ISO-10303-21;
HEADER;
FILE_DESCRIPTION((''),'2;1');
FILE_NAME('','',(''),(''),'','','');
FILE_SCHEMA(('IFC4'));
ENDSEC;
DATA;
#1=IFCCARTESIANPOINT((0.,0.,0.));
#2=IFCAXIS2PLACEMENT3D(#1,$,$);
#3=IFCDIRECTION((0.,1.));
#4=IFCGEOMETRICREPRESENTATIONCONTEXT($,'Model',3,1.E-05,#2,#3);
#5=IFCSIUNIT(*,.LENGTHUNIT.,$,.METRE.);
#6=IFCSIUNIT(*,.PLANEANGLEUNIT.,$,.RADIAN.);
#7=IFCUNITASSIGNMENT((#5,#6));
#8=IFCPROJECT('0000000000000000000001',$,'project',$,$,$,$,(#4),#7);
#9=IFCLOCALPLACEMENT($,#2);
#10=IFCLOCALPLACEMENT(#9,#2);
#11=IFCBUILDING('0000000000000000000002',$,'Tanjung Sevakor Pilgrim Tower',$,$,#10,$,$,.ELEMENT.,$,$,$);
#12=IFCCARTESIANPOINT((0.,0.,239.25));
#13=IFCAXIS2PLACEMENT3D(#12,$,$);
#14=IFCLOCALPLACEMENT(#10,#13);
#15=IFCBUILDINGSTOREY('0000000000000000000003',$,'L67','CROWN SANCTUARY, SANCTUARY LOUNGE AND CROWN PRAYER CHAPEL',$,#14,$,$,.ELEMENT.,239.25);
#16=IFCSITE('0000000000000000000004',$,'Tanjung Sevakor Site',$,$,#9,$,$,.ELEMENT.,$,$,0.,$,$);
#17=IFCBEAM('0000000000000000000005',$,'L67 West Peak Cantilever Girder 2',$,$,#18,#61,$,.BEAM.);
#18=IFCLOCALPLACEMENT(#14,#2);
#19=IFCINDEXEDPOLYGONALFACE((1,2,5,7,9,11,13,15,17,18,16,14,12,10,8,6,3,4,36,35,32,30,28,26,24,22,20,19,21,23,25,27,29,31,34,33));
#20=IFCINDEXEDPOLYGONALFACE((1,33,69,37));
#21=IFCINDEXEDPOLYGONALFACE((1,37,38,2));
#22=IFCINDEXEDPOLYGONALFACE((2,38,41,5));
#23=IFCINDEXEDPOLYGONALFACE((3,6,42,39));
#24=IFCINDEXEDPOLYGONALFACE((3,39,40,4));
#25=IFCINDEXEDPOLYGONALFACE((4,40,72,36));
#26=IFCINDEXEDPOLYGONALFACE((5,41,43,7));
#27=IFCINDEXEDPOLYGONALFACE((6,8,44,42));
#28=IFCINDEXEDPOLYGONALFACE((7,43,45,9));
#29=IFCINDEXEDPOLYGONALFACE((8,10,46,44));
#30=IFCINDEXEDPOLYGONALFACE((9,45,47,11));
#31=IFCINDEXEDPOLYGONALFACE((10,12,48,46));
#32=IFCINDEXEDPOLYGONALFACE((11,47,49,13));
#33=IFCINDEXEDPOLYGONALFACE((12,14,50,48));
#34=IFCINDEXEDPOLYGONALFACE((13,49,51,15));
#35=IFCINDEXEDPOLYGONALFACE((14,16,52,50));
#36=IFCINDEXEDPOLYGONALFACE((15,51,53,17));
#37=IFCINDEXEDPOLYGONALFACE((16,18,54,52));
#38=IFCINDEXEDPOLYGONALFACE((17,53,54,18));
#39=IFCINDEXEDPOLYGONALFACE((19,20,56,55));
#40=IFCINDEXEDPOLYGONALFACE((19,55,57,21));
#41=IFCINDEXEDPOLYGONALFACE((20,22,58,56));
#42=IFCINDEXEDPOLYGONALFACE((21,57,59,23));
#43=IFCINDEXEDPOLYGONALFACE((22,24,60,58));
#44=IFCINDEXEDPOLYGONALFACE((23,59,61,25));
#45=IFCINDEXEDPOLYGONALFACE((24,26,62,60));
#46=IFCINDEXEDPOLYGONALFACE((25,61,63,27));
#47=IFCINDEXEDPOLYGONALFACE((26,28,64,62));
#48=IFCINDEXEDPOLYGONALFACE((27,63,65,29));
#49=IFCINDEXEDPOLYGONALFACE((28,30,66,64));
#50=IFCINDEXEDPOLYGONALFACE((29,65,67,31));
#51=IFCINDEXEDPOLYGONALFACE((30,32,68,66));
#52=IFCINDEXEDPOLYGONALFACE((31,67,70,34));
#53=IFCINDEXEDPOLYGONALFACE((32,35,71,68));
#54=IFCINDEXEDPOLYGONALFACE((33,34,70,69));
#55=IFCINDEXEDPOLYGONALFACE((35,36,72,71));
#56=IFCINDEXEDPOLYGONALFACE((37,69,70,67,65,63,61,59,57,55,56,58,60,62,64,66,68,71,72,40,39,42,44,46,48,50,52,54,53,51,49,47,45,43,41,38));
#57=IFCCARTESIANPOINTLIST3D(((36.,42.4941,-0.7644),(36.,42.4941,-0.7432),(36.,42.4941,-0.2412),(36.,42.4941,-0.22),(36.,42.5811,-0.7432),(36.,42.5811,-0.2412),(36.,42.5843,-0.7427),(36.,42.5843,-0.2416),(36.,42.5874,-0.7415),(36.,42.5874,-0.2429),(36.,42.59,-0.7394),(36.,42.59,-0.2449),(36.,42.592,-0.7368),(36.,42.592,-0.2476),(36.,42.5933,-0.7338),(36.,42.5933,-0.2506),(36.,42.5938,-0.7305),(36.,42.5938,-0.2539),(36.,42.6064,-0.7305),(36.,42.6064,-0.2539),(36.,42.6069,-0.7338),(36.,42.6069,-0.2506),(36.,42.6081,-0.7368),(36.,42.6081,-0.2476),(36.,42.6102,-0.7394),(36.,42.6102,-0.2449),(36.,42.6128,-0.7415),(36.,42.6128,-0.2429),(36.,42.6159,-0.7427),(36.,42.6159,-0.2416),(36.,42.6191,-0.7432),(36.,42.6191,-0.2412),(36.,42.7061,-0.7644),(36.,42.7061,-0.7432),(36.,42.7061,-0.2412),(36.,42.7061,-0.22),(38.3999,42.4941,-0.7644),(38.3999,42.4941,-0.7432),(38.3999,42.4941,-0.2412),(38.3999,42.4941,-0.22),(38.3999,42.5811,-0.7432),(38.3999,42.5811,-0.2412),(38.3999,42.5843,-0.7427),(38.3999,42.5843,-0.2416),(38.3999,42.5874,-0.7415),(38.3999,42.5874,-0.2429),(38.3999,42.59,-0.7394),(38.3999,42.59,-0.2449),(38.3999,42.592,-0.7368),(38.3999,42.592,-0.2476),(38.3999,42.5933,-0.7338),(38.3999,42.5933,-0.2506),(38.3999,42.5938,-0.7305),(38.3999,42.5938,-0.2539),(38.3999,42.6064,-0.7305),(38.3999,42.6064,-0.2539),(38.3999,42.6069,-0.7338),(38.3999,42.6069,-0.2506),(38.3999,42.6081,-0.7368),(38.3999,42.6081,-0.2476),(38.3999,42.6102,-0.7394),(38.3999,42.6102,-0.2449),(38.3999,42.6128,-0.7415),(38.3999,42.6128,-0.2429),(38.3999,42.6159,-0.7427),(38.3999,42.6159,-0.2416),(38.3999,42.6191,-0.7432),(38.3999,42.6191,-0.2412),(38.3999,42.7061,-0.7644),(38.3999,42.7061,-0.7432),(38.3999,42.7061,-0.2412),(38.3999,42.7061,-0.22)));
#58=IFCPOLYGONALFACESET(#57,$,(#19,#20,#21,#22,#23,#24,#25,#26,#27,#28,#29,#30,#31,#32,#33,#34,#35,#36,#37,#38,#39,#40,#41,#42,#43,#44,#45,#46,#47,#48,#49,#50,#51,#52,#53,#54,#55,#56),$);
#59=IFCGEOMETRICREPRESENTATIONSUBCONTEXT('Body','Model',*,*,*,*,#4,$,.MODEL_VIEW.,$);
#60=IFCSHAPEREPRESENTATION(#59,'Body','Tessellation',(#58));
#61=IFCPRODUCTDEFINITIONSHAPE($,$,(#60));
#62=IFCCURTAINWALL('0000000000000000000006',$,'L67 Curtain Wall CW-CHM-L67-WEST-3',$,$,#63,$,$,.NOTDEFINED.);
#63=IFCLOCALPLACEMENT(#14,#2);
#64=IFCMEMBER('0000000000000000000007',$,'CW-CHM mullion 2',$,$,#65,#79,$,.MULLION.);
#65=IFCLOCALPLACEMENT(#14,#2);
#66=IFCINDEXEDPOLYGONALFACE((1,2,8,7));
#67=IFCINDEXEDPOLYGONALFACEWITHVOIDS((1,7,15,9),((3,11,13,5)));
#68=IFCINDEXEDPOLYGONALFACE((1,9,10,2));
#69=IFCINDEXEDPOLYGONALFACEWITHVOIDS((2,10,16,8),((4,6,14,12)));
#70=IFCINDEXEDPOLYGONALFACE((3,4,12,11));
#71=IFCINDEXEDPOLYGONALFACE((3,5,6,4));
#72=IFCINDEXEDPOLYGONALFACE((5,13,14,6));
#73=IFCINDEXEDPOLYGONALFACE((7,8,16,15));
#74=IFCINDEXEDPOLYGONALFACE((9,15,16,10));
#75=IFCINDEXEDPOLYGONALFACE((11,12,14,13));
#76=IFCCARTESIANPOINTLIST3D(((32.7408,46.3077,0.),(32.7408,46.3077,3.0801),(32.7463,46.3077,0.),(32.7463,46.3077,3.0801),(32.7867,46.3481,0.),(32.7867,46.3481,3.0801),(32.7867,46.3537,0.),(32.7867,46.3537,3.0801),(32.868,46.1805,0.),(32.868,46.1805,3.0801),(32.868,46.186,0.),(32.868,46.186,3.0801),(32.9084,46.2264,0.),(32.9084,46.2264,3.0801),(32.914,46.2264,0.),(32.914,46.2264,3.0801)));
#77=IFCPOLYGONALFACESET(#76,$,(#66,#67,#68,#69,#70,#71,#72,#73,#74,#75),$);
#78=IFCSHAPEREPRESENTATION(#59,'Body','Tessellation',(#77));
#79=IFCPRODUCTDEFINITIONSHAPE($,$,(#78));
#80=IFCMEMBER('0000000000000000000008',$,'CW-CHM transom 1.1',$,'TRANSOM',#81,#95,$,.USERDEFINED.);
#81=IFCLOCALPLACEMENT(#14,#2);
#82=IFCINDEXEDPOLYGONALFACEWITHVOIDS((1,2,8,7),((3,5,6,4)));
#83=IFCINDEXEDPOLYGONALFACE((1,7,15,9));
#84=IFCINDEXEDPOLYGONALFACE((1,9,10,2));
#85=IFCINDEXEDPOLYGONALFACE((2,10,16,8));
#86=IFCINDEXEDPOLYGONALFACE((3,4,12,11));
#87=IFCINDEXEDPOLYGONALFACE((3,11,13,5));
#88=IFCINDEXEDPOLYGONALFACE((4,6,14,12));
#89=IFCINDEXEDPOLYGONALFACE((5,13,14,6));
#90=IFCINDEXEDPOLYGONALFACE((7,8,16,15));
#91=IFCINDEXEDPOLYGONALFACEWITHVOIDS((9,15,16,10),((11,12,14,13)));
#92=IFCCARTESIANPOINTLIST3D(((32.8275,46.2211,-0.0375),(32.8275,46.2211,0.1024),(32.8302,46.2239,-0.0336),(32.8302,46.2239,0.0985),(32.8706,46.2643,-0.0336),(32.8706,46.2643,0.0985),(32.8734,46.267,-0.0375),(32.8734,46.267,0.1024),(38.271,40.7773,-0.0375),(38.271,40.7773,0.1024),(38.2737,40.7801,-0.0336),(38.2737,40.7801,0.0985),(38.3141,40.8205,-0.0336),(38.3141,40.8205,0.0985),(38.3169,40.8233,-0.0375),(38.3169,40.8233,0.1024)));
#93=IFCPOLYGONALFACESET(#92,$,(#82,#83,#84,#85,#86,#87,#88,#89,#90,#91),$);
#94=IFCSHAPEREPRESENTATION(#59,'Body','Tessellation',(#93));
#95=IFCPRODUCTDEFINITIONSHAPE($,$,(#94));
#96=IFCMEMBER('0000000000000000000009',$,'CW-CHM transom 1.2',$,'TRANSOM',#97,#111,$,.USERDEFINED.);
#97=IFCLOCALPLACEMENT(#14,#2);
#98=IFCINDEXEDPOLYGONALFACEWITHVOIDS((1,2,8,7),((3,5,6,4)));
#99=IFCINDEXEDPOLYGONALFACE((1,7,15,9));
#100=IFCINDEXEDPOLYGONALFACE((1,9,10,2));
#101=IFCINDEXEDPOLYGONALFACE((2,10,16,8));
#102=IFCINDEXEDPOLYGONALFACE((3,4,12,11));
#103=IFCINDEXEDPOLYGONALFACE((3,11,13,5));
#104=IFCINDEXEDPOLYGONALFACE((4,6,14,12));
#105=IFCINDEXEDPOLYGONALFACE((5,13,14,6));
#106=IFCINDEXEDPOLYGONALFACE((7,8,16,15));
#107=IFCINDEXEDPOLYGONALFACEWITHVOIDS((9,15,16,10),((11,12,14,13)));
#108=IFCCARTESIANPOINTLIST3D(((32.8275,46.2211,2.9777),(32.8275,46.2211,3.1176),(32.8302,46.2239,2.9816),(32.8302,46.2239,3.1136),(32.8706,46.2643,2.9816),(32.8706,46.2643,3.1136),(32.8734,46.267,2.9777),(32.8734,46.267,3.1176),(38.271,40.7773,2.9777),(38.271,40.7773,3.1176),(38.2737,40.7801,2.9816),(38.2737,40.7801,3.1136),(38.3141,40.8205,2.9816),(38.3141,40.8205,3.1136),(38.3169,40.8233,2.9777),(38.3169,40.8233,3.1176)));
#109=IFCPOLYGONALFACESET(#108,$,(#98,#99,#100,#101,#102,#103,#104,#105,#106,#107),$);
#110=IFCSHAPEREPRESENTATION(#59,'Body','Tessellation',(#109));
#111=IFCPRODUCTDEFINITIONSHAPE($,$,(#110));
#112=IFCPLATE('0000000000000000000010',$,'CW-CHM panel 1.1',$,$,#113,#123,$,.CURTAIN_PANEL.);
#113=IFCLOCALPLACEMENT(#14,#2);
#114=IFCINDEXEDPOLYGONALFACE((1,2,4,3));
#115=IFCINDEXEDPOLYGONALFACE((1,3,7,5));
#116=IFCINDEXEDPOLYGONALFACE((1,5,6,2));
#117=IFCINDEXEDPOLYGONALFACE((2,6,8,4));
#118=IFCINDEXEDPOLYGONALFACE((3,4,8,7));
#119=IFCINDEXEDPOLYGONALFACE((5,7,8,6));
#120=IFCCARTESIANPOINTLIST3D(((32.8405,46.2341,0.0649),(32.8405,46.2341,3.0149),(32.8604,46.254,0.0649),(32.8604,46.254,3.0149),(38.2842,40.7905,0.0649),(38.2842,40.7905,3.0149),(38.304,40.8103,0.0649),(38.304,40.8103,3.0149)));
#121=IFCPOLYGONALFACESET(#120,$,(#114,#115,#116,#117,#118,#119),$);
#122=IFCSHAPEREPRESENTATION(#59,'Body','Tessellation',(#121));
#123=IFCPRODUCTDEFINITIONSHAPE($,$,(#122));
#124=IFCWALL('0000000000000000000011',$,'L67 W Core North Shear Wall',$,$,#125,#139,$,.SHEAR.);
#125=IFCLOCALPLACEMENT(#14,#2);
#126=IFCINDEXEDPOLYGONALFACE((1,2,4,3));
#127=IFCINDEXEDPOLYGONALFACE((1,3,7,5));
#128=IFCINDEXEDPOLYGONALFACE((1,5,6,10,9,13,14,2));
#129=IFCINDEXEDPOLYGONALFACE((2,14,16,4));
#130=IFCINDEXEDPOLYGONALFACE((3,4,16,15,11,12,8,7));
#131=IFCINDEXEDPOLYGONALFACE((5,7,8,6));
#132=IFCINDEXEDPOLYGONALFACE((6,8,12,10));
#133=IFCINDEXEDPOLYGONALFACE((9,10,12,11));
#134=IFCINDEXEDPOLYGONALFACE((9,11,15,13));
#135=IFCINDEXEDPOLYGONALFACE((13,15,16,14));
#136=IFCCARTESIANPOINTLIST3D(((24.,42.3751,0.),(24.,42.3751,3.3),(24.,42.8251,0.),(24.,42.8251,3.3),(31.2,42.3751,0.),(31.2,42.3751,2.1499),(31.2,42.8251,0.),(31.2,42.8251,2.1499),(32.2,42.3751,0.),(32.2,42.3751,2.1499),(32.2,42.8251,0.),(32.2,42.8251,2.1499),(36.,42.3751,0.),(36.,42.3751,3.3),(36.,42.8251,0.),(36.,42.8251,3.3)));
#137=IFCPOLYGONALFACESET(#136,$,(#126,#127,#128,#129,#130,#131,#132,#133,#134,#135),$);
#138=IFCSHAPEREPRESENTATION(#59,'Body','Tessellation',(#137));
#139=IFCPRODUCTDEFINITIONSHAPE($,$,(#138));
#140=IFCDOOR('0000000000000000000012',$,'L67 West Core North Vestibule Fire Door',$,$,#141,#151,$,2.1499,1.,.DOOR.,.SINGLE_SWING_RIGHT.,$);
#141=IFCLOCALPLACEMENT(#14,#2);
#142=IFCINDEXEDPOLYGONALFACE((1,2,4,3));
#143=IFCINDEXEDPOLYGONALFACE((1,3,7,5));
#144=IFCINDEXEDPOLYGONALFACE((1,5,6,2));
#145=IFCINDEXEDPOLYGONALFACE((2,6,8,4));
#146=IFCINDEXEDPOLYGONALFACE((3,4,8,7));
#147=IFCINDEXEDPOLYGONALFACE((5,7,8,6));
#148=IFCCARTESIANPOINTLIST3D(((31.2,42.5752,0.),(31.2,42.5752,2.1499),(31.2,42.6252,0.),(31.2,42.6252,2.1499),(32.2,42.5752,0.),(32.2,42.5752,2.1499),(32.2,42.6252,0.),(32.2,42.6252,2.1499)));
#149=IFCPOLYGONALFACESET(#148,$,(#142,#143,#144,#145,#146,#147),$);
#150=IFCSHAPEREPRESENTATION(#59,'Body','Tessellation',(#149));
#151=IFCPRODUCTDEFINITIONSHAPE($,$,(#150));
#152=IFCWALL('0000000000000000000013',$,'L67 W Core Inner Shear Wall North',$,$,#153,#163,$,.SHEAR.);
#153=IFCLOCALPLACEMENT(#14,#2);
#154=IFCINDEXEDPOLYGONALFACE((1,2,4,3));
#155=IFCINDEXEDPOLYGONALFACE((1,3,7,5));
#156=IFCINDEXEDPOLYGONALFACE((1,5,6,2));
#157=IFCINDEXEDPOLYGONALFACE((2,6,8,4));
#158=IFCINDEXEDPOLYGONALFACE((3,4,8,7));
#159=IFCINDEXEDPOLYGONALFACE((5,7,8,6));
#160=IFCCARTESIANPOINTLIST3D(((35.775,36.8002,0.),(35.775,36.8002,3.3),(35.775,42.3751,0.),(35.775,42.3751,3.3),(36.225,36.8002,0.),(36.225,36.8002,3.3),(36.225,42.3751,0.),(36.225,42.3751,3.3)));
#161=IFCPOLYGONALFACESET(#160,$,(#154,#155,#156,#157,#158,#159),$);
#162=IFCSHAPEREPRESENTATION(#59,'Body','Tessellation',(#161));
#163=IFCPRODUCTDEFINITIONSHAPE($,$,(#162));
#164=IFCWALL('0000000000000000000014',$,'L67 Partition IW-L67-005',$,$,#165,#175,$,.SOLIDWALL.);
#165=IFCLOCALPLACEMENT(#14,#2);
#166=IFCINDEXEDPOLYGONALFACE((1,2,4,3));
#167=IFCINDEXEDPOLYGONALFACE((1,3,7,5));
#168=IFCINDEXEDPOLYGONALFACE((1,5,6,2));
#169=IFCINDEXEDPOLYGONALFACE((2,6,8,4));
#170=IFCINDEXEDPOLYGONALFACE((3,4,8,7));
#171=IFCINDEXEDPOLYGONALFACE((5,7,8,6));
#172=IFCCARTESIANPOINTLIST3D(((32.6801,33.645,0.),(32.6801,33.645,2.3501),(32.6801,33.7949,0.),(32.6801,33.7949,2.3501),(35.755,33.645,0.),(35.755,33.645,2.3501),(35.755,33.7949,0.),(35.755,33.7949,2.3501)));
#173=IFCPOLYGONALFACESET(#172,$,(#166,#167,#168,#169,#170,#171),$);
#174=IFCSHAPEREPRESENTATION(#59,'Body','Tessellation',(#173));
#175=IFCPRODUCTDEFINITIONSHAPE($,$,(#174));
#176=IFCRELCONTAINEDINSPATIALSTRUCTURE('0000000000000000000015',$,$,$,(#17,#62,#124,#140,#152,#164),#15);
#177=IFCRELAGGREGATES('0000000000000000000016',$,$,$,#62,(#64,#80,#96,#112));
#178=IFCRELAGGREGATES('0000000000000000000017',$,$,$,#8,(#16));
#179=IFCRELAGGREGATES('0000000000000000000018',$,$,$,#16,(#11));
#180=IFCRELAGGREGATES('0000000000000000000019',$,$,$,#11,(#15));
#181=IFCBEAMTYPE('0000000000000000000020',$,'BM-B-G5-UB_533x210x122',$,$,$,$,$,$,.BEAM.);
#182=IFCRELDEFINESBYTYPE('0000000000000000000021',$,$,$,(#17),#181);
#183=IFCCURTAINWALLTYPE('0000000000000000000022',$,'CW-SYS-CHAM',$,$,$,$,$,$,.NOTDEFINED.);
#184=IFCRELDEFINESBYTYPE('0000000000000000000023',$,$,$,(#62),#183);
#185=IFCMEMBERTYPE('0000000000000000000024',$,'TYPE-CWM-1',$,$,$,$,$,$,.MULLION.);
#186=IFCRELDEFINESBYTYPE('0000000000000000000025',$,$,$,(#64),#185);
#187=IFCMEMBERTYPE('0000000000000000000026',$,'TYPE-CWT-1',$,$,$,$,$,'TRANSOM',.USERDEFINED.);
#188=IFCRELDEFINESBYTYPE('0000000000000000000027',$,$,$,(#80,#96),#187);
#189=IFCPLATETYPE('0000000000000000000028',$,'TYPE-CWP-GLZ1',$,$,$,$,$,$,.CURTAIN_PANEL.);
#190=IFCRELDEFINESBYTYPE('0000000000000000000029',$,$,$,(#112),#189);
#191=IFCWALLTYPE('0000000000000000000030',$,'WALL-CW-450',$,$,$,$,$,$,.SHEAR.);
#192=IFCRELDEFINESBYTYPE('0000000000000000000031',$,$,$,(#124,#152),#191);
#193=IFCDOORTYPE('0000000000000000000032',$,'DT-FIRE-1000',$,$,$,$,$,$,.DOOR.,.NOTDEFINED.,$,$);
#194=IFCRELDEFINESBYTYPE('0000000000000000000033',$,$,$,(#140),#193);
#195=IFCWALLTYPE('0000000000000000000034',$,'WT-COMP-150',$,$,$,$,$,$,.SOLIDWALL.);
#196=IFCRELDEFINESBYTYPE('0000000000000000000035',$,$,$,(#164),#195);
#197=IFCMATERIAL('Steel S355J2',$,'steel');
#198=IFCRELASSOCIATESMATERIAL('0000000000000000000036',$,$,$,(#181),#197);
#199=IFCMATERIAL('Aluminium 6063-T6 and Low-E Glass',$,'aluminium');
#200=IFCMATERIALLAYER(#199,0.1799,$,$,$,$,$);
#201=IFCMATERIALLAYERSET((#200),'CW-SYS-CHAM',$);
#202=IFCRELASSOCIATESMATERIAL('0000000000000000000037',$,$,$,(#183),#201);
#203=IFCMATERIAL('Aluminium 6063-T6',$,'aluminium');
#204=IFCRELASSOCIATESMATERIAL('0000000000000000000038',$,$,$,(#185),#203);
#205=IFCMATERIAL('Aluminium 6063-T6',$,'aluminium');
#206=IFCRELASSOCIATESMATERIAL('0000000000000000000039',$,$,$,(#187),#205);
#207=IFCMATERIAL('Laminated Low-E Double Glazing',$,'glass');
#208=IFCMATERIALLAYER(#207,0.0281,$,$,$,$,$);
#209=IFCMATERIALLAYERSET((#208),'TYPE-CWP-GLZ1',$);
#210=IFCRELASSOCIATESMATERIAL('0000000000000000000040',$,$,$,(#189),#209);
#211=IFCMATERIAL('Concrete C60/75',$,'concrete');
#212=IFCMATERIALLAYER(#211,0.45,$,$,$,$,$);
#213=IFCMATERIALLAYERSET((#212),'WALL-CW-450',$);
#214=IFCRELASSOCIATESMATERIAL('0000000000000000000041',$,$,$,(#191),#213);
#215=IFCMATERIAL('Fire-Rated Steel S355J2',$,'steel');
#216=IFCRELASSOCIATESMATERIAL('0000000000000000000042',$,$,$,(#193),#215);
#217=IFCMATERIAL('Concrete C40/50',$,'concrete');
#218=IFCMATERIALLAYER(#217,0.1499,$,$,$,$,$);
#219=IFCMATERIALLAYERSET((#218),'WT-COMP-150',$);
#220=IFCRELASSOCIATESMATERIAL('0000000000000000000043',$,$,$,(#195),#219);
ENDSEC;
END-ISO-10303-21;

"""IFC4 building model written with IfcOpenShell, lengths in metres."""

from ifc_helpers import new_model, si_unit, direction, frame, frame_2d, origin, origin_2d, place, context, subcontext, project, spatial, rectangle, hollow_rectangle, i_section, extrude, material, layer, layer_set, material_profile, profile_set, type_object, element, fill, aggregate, save


model = new_model("IFC4")

# Units and contexts
model_context = context("Model", 3, precision=1e-05, world=origin(), true_north=direction((0.0, 1.0)))
body_context = subcontext(model_context, "Body", "Model", "MODEL_VIEW")
ifc_project = project(units=[si_unit("LENGTHUNIT", "METRE"), si_unit("PLANEANGLEUNIT", "RADIAN")], contexts=[model_context])

# Site, building, storey
site_placement = place(None, origin())
site = spatial("IfcSite", under=ifc_project, at=site_placement, Name="Tanjung Sevakor Site", CompositionType="ELEMENT", RefElevation=0.0)
building_placement = place(site_placement, origin())
building = spatial("IfcBuilding", under=site, at=building_placement, Name="Tanjung Sevakor Pilgrim Tower", CompositionType="ELEMENT")
storey_placement = place(building_placement, frame((0.0, 0.0, 239.25)))
storey = spatial("IfcBuildingStorey", under=building, at=storey_placement, Name="L67", Description="CROWN SANCTUARY, SANCTUARY LOUNGE AND CROWN PRAYER CHAPEL", CompositionType="ELEMENT", Elevation=239.25)

# Beam
ifc_material_1 = material(Name="Steel S355J2", Category="steel")
ifc_material_profile_1 = material_profile(ifc_material_1, i_section(OverallWidth=0.2119, OverallDepth=0.5444, WebThickness=0.0127, FlangeThickness=0.0212, FilletRadius=0.0127, at=origin_2d()))
ifc_profile_set_1 = profile_set([ifc_material_profile_1], Name="Steel S355J2")
beam_type = type_object("IfcBeamType", Name="BM-B-G5-UB_533x210x122", PredefinedType="BEAM", material=ifc_profile_set_1)
beam_placement = place(storey_placement, frame((36.0, 42.6001, -0.4922), z_axis=(1.0, 0.0, 0.0), x_axis=(0.0, 1.0, 0.0)))
element("IfcBeam", 1, at=beam_placement, inside=storey, type_object=beam_type, Name="L67 West Peak Cantilever Girder 2", PredefinedType="BEAM", context=body_context, shape_type="SweptSolid", body=[
    extrude(i_section(OverallWidth=0.2119, OverallDepth=0.5444, WebThickness=0.0127, FlangeThickness=0.0212, FilletRadius=0.0127, at=origin_2d()), origin(), (0.0, 0.0, 1.0), 2.3999),
])

# Curtain wall, members, plate
ifc_material_2 = material(Name="Aluminium 6063-T6 and Low-E Glass", Category="aluminium")
ifc_layer_1 = layer(ifc_material_2, 0.1799)
ifc_layer_set_1 = layer_set([ifc_layer_1], Name="CW-SYS-CHAM")
curtain_wall_type = type_object("IfcCurtainWallType", Name="CW-SYS-CHAM", PredefinedType="NOTDEFINED", material=ifc_layer_set_1)
curtain_wall_placement = place(storey_placement, origin())
curtain_wall = element("IfcCurtainWall", 2, at=curtain_wall_placement, inside=storey, type_object=curtain_wall_type, Name="L67 Curtain Wall CW-CHM-L67-WEST-3", PredefinedType="NOTDEFINED")
ifc_material_3 = material(Name="Aluminium 6063-T6", Category="aluminium")
ifc_material_profile_2 = material_profile(ifc_material_3, hollow_rectangle(XDim=0.0649, YDim=0.1799, WallThickness=0.0039, at=origin_2d()))
ifc_profile_set_2 = profile_set([ifc_material_profile_2], Name="Aluminium 6063-T6")
member_type_1 = type_object("IfcMemberType", Name="TYPE-CWM-1", PredefinedType="MULLION", material=ifc_profile_set_2)
member_1_placement = place(storey_placement, frame((32.8274, 46.2671, 0.0), z_axis=(0.0, 0.0, 1.0), x_axis=(-0.707107, -0.707107, 0.0)))
member_1 = element("IfcMember", 3, at=member_1_placement, type_object=member_type_1, Name="CW-CHM mullion 2", PredefinedType="MULLION", context=body_context, shape_type="SweptSolid", body=[
    extrude(hollow_rectangle(XDim=0.0649, YDim=0.1799, WallThickness=0.0039, at=origin_2d()), origin(), (0.0, 0.0, 1.0), 3.0801),
])
ifc_material_4 = material(Name="Aluminium 6063-T6", Category="aluminium")
ifc_material_profile_3 = material_profile(ifc_material_4, hollow_rectangle(XDim=0.0649, YDim=0.1399, WallThickness=0.0039, at=origin_2d()))
ifc_profile_set_3 = profile_set([ifc_material_profile_3], Name="Aluminium 6063-T6")
member_type_2 = type_object("IfcMemberType", Name="TYPE-CWT-1", ElementType="TRANSOM", PredefinedType="USERDEFINED", material=ifc_profile_set_3)
member_2_placement = place(storey_placement, frame((38.2939, 40.8003, 0.0325), z_axis=(-0.707091, 0.707123, 0.0), x_axis=(-0.707123, -0.707091, 0.0)))
member_2 = element("IfcMember", 4, at=member_2_placement, type_object=member_type_2, Name="CW-CHM transom 1.1", ObjectType="TRANSOM", PredefinedType="USERDEFINED", context=body_context, shape_type="SweptSolid", body=[
    extrude(hollow_rectangle(XDim=0.0649, YDim=0.1399, WallThickness=0.0039, at=origin_2d()), origin(), (0.0, 0.0, 1.0), 7.6985),
])
member_3_placement = place(storey_placement, frame((38.2939, 40.8003, 3.0476), z_axis=(-0.707091, 0.707123, 0.0), x_axis=(-0.707123, -0.707091, 0.0)))
member_3 = element("IfcMember", 5, at=member_3_placement, type_object=member_type_2, Name="CW-CHM transom 1.2", ObjectType="TRANSOM", PredefinedType="USERDEFINED", context=body_context, shape_type="SweptSolid", body=[
    extrude(hollow_rectangle(XDim=0.0649, YDim=0.1399, WallThickness=0.0039, at=origin_2d()), origin(), (0.0, 0.0, 1.0), 7.6985),
])
ifc_material_5 = material(Name="Laminated Low-E Double Glazing", Category="glass")
ifc_layer_2 = layer(ifc_material_5, 0.0281)
ifc_layer_set_2 = layer_set([ifc_layer_2], Name="TYPE-CWP-GLZ1")
plate_type = type_object("IfcPlateType", Name="TYPE-CWP-GLZ1", PredefinedType="CURTAIN_PANEL", material=ifc_layer_set_2)
plate_placement = place(storey_placement, frame((35.5723, 43.5222, 0.0649), z_axis=(0.0, 0.0, 1.0), x_axis=(-0.707107, 0.707107, 0.0)))
plate = element("IfcPlate", 6, at=plate_placement, type_object=plate_type, Name="CW-CHM panel 1.1", PredefinedType="CURTAIN_PANEL", context=body_context, shape_type="SweptSolid", body=[
    extrude(rectangle(XDim=7.6985, YDim=0.0281, at=origin_2d()), origin(), (0.0, 0.0, 1.0), 2.95),
])
aggregate(curtain_wall, [member_1, member_2, member_3, plate])

# Wall, opening, door
ifc_material_6 = material(Name="Concrete C60/75", Category="concrete")
ifc_layer_3 = layer(ifc_material_6, 0.45)
ifc_layer_set_3 = layer_set([ifc_layer_3], Name="WALL-CW-450")
wall_type_1 = type_object("IfcWallType", Name="WALL-CW-450", PredefinedType="SHEAR", material=ifc_layer_set_3)
wall_1_placement = place(storey_placement, frame((36.0, 42.6001, 0.0), z_axis=(0.0, 0.0, 1.0), x_axis=(-1.0, 0.0, 0.0)))
wall_1 = element("IfcWall", 7, at=wall_1_placement, inside=storey, type_object=wall_type_1, Name="L67 W Core North Shear Wall", PredefinedType="SHEAR", context=body_context, shape_type="SweptSolid", body=[
    extrude(rectangle(XDim=12.0, YDim=0.45, at=frame_2d((6.0, 0.0))), origin(), (0.0, 0.0, 1.0), 3.3),
])
opening_1_placement = place(wall_1_placement, frame((3.8, 0.0, 0.0)))
opening_1 = element("IfcOpeningElement", 8, at=opening_1_placement, cuts=wall_1, PredefinedType="OPENING", context=body_context, shape_type="SweptSolid", body=[
    extrude(rectangle(XDim=1.0, YDim=2.1499, at=frame_2d((0.5, 1.075))), frame((0.0, 0.2349, 0.0), z_axis=(0.0, -1.0, 0.0), x_axis=(1.0, 0.0, 0.0)), (0.0, 0.0, 1.0), 0.47),
])
ifc_material_7 = material(Name="Fire-Rated Steel S355J2", Category="steel")
door_type_1 = type_object("IfcDoorType", Name="DT-FIRE-1000", OperationType="NOTDEFINED", PredefinedType="DOOR", material=ifc_material_7)
door_1_placement = place(opening_1_placement, origin())
door_1 = element("IfcDoor", 9, at=door_1_placement, inside=storey, type_object=door_type_1, Name="L67 West Core North Vestibule Fire Door", OperationType="SINGLE_SWING_RIGHT", OverallHeight=2.1499, OverallWidth=1.0, PredefinedType="DOOR", context=body_context, shape_type="SweptSolid", body=[
    extrude(rectangle(XDim=1.0, YDim=2.1499, at=frame_2d((0.5, 1.075))), frame((0.0, 0.0249, 0.0), z_axis=(0.0, -1.0, 0.0), x_axis=(1.0, 0.0, 0.0)), (0.0, 0.0, 1.0), 0.05),
])
fill(opening_1, door_1)

# Walls
wall_2_placement = place(storey_placement, frame((36.0, 36.8, 0.0), z_axis=(0.0, 0.0, 1.0), x_axis=(0.0, 1.0, 0.0)))
element("IfcWall", 10, at=wall_2_placement, inside=storey, type_object=wall_type_1, Name="L67 W Core Inner Shear Wall North", PredefinedType="SHEAR", context=body_context, shape_type="SweptSolid", body=[
    extrude(rectangle(XDim=5.575, YDim=0.45, at=frame_2d((2.7876, 0.0))), origin(), (0.0, 0.0, 1.0), 3.3),
])
ifc_material_8 = material(Name="Concrete C40/50", Category="concrete")
ifc_layer_4 = layer(ifc_material_8, 0.1499)
ifc_layer_set_4 = layer_set([ifc_layer_4], Name="WT-COMP-150")
wall_type_2 = type_object("IfcWallType", Name="WT-COMP-150", PredefinedType="SOLIDWALL", material=ifc_layer_set_4)
wall_3_placement = place(storey_placement, frame((32.6799, 33.72, 0.0), z_axis=(0.0, 0.0, 1.0), x_axis=(1.0, 0.0, 0.0)))
element("IfcWall", 11, at=wall_3_placement, inside=storey, type_object=wall_type_2, Name="L67 Partition IW-L67-005", PredefinedType="SOLIDWALL", context=body_context, shape_type="SweptSolid", body=[
    extrude(rectangle(XDim=3.075, YDim=0.1499, at=frame_2d((1.5376, 0.0))), origin(), (0.0, 0.0, 1.0), 2.3501),
])

save(model, "model.ifc")
